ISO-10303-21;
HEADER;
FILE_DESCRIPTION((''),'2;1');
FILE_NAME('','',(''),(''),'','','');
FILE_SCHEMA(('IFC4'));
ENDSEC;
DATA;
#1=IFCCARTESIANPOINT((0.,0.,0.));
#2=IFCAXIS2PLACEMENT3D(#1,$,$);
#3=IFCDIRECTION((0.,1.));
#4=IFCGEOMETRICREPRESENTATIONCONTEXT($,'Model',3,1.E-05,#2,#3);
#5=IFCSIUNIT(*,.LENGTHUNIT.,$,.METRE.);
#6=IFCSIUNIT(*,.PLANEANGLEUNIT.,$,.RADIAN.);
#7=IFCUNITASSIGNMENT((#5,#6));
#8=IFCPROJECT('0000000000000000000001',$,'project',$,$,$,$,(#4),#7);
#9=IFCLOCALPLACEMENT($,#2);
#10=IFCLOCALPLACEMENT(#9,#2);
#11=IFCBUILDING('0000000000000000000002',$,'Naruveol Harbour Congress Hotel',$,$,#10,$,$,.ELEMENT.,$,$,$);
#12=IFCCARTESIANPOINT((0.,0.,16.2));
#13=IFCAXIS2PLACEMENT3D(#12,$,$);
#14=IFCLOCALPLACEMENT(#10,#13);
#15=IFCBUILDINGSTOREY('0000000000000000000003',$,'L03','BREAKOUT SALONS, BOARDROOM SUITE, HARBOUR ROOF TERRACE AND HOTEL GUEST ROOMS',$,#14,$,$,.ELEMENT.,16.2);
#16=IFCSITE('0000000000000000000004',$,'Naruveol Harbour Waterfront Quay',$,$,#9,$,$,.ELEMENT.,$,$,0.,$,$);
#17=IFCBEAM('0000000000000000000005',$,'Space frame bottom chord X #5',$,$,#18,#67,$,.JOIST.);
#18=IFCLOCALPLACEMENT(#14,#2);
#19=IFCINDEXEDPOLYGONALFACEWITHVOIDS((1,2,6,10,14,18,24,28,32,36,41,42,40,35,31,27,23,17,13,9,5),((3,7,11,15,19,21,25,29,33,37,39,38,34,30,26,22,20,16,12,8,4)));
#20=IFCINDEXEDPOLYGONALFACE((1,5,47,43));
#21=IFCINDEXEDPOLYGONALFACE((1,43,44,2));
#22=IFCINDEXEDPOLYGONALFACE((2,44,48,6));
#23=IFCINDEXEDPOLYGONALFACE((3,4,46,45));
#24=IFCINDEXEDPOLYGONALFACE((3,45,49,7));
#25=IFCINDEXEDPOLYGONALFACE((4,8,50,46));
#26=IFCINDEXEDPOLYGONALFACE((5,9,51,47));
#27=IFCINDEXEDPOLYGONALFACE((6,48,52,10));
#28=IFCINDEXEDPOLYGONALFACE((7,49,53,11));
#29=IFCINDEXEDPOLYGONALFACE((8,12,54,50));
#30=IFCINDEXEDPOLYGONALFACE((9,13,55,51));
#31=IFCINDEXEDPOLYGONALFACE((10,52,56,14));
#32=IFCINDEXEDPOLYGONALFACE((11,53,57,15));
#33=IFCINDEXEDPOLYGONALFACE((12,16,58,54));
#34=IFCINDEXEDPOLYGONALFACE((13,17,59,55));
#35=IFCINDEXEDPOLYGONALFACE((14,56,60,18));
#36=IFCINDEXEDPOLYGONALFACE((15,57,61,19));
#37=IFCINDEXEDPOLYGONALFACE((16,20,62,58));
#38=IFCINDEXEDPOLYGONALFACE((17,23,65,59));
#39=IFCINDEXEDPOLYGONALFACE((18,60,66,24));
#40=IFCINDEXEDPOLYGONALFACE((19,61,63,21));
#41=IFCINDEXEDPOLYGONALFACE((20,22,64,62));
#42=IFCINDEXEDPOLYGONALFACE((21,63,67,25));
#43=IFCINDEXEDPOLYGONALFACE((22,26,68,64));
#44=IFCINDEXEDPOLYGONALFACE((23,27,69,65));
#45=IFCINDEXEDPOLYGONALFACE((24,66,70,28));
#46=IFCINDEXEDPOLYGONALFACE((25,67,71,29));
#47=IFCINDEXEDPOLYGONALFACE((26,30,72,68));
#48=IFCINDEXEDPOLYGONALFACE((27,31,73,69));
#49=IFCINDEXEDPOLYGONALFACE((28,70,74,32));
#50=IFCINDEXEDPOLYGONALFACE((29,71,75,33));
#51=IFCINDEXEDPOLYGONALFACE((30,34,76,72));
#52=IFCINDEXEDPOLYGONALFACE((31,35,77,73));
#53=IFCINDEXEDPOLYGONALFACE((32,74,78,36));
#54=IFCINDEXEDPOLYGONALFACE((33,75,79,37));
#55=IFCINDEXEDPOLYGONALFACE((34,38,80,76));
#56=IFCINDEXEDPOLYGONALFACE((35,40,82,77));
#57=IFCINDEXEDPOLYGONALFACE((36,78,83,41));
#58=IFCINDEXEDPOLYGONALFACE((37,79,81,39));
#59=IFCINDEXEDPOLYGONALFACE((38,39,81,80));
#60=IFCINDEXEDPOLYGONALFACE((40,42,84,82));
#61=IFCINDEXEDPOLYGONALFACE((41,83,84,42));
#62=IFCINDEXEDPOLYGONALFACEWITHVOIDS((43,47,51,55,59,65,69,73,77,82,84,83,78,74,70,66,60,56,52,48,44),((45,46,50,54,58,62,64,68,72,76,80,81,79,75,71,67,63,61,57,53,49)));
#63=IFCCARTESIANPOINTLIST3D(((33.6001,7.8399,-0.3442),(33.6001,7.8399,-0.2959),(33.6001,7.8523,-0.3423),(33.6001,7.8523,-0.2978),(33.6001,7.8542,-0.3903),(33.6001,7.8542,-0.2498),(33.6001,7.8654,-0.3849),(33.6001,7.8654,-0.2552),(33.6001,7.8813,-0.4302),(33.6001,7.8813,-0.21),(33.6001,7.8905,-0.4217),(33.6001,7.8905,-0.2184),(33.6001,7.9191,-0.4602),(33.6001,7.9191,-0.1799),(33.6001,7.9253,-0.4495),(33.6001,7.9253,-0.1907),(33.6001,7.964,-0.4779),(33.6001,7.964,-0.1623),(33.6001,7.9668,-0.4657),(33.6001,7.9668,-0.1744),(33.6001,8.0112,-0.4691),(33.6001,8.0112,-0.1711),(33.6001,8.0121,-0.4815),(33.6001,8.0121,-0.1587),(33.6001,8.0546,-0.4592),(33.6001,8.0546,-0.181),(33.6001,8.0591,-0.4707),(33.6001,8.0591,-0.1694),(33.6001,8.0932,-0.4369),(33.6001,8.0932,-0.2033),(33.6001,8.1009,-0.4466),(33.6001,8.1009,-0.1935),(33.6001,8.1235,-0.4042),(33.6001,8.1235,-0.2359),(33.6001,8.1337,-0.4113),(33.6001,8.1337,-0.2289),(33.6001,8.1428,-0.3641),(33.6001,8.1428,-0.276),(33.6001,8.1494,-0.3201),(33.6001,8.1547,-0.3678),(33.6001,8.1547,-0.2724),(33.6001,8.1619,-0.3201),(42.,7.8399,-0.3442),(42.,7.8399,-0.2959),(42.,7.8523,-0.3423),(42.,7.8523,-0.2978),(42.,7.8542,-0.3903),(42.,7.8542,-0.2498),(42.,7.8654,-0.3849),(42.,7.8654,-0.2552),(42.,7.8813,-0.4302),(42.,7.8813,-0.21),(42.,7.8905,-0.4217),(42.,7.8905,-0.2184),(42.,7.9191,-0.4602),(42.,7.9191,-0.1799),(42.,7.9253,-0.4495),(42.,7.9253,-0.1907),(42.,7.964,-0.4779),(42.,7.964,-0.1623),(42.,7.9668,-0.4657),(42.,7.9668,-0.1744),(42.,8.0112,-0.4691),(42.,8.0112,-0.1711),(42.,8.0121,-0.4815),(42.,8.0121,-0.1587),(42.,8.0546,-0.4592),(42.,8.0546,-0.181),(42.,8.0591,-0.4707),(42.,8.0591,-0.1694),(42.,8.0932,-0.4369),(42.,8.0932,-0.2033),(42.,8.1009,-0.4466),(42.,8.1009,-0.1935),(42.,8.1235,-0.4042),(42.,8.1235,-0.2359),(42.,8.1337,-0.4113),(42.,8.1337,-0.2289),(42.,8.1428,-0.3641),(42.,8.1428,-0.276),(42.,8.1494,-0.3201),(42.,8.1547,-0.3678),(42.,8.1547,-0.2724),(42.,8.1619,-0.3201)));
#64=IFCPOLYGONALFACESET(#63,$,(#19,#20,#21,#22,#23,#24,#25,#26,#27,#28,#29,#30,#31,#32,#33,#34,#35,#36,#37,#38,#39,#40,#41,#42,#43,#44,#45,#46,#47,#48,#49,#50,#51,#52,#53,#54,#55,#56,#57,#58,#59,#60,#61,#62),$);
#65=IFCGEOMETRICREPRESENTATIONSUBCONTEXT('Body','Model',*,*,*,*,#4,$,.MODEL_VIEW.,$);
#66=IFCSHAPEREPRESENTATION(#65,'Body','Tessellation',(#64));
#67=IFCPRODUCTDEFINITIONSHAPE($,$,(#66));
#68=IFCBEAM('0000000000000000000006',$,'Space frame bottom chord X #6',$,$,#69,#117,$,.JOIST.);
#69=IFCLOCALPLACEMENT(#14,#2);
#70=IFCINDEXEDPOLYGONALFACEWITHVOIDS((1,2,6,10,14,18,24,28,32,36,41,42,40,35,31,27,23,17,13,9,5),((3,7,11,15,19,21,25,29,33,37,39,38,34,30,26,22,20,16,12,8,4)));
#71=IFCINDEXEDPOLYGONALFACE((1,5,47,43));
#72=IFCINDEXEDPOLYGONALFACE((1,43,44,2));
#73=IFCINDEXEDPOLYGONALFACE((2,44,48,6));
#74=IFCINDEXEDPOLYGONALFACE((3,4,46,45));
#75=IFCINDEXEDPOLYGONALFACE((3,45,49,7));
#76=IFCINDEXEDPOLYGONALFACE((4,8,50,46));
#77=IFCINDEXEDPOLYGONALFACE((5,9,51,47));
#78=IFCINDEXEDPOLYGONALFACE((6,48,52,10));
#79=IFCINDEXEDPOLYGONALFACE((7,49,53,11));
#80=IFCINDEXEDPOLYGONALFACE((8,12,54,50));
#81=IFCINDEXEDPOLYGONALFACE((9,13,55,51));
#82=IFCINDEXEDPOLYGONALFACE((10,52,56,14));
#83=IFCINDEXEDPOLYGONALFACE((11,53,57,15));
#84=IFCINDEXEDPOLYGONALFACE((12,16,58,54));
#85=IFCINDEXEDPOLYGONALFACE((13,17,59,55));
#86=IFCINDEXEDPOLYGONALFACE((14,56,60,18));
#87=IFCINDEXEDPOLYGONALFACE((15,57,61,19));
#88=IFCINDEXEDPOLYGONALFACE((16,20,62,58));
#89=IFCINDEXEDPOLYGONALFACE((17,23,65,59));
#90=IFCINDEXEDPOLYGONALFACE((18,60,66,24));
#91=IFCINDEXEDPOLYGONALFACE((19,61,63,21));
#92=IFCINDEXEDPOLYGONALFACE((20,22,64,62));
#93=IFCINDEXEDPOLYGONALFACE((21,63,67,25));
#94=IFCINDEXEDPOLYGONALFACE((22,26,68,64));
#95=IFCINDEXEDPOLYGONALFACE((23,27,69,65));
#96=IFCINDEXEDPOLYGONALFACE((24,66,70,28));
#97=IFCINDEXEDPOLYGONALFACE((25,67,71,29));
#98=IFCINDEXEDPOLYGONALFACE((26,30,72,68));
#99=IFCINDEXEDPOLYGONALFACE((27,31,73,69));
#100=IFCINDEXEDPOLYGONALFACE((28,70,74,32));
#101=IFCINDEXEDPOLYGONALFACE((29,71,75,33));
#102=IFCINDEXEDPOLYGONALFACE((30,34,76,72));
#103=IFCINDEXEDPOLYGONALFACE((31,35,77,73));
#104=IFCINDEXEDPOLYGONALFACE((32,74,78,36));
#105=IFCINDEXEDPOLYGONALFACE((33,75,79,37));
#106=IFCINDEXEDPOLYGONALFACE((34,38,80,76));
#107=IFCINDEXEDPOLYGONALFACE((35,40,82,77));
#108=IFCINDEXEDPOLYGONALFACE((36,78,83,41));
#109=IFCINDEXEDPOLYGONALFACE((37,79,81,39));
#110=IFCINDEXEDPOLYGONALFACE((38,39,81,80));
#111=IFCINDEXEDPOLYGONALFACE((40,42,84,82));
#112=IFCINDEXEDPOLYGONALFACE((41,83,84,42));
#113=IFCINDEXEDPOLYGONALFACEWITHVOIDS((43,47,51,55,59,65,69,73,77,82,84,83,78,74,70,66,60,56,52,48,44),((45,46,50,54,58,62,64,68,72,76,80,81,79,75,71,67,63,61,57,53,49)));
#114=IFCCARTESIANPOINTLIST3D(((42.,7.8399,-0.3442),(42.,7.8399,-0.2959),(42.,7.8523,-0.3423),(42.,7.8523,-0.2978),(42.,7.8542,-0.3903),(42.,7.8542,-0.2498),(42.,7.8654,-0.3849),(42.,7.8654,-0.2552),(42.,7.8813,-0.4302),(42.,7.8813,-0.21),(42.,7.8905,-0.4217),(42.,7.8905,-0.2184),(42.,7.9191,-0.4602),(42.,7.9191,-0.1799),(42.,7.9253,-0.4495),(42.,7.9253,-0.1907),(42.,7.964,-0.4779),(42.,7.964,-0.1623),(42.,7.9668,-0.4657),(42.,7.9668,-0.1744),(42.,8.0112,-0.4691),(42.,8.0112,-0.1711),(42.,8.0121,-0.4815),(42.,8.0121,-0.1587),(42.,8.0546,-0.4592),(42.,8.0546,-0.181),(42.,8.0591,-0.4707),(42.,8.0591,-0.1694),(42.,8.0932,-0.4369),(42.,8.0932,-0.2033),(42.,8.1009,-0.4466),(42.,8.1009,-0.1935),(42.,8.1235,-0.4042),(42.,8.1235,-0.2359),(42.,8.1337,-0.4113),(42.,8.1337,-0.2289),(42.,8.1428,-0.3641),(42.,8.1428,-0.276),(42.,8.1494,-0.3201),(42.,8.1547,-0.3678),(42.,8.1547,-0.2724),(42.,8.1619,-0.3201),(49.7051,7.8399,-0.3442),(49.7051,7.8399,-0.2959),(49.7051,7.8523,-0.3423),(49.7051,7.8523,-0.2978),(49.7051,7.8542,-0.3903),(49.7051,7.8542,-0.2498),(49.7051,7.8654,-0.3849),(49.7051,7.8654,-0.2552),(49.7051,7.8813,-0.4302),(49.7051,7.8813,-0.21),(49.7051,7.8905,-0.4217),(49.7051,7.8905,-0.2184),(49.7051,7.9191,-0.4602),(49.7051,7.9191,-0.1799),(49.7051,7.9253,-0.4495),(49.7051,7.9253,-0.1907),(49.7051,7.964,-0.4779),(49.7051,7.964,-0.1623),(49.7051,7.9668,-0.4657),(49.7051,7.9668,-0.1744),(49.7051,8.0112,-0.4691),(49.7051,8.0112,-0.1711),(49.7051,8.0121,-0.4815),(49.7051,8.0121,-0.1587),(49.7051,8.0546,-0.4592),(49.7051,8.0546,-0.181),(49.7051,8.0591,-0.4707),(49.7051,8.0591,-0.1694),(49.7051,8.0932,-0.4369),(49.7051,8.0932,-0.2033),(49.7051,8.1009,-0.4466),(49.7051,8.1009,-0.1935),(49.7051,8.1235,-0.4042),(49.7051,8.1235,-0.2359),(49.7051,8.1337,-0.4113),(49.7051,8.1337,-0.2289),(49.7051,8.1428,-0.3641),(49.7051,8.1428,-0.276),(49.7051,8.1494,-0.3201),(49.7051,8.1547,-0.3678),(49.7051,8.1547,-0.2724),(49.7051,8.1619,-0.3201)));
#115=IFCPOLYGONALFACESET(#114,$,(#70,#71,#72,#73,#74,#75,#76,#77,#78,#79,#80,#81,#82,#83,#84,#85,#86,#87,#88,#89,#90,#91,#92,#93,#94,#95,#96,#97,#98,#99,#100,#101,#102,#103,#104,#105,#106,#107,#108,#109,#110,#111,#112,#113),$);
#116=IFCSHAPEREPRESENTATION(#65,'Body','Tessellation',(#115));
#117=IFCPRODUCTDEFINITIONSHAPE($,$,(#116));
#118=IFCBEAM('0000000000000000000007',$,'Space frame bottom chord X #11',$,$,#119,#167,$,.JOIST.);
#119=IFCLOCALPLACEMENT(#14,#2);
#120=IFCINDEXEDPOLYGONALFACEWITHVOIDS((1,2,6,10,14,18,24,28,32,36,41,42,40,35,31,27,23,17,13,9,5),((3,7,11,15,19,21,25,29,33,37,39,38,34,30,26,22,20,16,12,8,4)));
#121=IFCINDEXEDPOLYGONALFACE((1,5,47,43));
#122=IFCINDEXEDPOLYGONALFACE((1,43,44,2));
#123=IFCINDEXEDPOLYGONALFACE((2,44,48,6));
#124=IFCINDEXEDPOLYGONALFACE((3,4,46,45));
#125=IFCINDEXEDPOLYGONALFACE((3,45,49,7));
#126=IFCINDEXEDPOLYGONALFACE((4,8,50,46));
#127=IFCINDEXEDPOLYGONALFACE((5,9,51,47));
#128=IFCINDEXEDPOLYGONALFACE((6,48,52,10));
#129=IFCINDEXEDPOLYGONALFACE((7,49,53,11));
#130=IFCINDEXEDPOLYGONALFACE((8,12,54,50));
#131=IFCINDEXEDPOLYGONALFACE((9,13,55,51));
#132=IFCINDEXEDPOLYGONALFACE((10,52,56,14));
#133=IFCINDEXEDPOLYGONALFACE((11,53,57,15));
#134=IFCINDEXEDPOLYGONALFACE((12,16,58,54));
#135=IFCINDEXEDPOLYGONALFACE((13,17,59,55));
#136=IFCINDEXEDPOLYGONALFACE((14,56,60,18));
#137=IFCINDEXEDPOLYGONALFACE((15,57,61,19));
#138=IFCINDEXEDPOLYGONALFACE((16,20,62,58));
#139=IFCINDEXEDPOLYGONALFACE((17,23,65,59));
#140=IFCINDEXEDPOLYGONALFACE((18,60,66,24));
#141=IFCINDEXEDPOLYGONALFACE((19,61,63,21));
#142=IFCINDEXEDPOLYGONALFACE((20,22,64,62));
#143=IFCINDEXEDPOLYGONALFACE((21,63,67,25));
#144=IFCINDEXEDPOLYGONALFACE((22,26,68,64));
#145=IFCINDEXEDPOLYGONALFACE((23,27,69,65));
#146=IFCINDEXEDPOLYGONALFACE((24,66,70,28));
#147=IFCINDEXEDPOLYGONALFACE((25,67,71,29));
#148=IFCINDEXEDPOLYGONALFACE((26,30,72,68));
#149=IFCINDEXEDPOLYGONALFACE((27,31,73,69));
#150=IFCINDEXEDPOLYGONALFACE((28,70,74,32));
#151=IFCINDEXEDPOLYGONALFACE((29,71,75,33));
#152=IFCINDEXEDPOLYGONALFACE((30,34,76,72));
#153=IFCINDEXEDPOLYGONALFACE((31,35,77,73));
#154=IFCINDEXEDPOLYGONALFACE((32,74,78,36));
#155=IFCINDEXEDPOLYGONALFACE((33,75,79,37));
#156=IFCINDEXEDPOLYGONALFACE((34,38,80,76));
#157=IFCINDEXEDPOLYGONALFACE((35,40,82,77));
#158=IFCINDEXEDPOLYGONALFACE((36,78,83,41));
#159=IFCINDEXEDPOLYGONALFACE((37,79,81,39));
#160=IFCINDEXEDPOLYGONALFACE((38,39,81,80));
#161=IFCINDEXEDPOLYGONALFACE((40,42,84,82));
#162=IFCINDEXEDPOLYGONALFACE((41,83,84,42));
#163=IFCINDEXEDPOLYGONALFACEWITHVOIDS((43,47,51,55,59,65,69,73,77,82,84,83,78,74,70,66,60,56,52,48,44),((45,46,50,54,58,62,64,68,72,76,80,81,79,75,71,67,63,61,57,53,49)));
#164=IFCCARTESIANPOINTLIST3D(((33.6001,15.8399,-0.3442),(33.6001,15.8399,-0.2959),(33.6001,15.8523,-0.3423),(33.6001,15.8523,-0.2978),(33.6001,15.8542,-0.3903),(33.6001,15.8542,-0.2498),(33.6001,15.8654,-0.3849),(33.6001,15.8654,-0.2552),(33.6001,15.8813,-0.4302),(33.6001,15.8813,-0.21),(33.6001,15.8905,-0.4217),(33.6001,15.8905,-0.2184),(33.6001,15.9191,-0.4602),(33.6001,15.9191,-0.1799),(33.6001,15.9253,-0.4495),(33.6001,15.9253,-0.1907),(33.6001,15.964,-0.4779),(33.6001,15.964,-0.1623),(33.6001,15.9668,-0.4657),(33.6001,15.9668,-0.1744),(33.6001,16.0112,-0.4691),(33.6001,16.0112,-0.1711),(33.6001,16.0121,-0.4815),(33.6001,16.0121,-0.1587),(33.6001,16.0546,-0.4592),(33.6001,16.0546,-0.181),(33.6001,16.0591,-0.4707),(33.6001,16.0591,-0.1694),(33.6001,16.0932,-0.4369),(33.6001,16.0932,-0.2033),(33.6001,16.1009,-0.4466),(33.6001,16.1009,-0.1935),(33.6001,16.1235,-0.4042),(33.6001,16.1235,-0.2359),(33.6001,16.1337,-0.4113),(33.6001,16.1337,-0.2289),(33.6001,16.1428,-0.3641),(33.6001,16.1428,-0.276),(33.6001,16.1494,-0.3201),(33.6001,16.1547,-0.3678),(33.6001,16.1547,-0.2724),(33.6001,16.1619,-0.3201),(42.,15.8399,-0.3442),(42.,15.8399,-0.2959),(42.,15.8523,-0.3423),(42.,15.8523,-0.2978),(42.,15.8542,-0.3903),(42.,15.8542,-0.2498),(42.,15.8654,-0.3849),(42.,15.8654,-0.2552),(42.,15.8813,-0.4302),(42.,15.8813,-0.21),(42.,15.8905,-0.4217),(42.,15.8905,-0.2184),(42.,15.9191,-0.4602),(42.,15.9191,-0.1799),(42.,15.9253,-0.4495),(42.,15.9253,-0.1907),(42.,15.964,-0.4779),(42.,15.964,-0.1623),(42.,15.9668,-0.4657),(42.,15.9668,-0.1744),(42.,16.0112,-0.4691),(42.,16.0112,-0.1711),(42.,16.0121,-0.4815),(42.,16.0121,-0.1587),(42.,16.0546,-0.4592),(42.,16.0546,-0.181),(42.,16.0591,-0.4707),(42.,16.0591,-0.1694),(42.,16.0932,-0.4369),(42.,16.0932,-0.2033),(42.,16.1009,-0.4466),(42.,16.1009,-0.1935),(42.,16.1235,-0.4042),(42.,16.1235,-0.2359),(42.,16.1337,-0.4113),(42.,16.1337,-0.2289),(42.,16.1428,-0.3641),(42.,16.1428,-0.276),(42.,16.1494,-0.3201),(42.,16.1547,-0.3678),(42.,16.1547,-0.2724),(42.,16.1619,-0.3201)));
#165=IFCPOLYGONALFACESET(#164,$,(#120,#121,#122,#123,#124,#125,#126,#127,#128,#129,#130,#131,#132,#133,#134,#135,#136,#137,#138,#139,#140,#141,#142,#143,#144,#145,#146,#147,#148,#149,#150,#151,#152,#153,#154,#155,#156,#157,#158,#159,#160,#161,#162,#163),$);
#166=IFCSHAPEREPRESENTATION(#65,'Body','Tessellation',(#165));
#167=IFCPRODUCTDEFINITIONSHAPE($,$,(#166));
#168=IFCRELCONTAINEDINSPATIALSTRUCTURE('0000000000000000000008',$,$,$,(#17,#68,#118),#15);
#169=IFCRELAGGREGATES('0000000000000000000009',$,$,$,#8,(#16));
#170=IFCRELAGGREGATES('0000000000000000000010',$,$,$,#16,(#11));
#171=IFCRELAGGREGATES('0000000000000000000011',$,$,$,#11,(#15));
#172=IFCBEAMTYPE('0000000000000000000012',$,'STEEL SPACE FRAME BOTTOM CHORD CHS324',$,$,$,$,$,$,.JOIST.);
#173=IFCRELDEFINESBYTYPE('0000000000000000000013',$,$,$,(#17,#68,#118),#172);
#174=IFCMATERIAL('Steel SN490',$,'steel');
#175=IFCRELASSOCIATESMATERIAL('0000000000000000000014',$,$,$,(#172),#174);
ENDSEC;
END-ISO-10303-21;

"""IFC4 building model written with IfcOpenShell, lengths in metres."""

from ifc_helpers import new_model, si_unit, direction, frame, origin, origin_2d, place, context, subcontext, project, spatial, hollow_circle, extrude, material, material_profile, profile_set, type_object, element, save


model = new_model("IFC4")

# Units and contexts
model_context = context("Model", 3, precision=1e-05, world=origin(), true_north=direction((0.0, 1.0)))
body_context = subcontext(model_context, "Body", "Model", "MODEL_VIEW")
ifc_project = project(units=[si_unit("LENGTHUNIT", "METRE"), si_unit("PLANEANGLEUNIT", "RADIAN")], contexts=[model_context])

# Site, building, storey
site_placement = place(None, origin())
site = spatial("IfcSite", under=ifc_project, at=site_placement, Name="Naruveol Harbour Waterfront Quay", CompositionType="ELEMENT", RefElevation=0.0)
building_placement = place(site_placement, origin())
building = spatial("IfcBuilding", under=site, at=building_placement, Name="Naruveol Harbour Congress Hotel", CompositionType="ELEMENT")
storey_placement = place(building_placement, frame((0.0, 0.0, 16.2)))
storey = spatial("IfcBuildingStorey", under=building, at=storey_placement, Name="L03", Description="BREAKOUT SALONS, BOARDROOM SUITE, HARBOUR ROOF TERRACE AND HOTEL GUEST ROOMS", CompositionType="ELEMENT", Elevation=16.2)

# Beams
ifc_material_1 = material(Name="Steel SN490", Category="steel")
ifc_material_profile_1 = material_profile(ifc_material_1, hollow_circle(Radius=0.1619, WallThickness=0.0125, at=origin_2d()), Name="CHS-323.9x12.5")
ifc_profile_set_1 = profile_set([ifc_material_profile_1], Name="Steel SN490")
beam_type_1 = type_object("IfcBeamType", Name="STEEL SPACE FRAME BOTTOM CHORD CHS324", PredefinedType="JOIST", material=ifc_profile_set_1)
beam_1_placement = place(storey_placement, frame((33.6001, 8.0, -0.3201), z_axis=(1.0, 0.0, 0.0), x_axis=(0.0, 1.0, 0.0)))
element("IfcBeam", 1, at=beam_1_placement, inside=storey, type_object=beam_type_1, Name="Space frame bottom chord X #5", PredefinedType="JOIST", context=body_context, shape_type="SweptSolid", body=[
    extrude(hollow_circle(Radius=0.1619, WallThickness=0.0125, at=origin_2d()), origin(), (0.0, 0.0, 1.0), 8.3999),
])
beam_2_placement = place(storey_placement, frame((42.0, 8.0, -0.3201), z_axis=(1.0, 0.0, 0.0), x_axis=(0.0, 1.0, 0.0)))
element("IfcBeam", 2, at=beam_2_placement, inside=storey, type_object=beam_type_1, Name="Space frame bottom chord X #6", PredefinedType="JOIST", context=body_context, shape_type="SweptSolid", body=[
    extrude(hollow_circle(Radius=0.1619, WallThickness=0.0125, at=origin_2d()), origin(), (0.0, 0.0, 1.0), 7.7051),
])
beam_3_placement = place(storey_placement, frame((33.6001, 16.0, -0.3201), z_axis=(1.0, 0.0, 0.0), x_axis=(0.0, 1.0, 0.0)))
element("IfcBeam", 3, at=beam_3_placement, inside=storey, type_object=beam_type_1, Name="Space frame bottom chord X #11", PredefinedType="JOIST", context=body_context, shape_type="SweptSolid", body=[
    extrude(hollow_circle(Radius=0.1619, WallThickness=0.0125, at=origin_2d()), origin(), (0.0, 0.0, 1.0), 8.3999),
])

save(model, "model.ifc")
